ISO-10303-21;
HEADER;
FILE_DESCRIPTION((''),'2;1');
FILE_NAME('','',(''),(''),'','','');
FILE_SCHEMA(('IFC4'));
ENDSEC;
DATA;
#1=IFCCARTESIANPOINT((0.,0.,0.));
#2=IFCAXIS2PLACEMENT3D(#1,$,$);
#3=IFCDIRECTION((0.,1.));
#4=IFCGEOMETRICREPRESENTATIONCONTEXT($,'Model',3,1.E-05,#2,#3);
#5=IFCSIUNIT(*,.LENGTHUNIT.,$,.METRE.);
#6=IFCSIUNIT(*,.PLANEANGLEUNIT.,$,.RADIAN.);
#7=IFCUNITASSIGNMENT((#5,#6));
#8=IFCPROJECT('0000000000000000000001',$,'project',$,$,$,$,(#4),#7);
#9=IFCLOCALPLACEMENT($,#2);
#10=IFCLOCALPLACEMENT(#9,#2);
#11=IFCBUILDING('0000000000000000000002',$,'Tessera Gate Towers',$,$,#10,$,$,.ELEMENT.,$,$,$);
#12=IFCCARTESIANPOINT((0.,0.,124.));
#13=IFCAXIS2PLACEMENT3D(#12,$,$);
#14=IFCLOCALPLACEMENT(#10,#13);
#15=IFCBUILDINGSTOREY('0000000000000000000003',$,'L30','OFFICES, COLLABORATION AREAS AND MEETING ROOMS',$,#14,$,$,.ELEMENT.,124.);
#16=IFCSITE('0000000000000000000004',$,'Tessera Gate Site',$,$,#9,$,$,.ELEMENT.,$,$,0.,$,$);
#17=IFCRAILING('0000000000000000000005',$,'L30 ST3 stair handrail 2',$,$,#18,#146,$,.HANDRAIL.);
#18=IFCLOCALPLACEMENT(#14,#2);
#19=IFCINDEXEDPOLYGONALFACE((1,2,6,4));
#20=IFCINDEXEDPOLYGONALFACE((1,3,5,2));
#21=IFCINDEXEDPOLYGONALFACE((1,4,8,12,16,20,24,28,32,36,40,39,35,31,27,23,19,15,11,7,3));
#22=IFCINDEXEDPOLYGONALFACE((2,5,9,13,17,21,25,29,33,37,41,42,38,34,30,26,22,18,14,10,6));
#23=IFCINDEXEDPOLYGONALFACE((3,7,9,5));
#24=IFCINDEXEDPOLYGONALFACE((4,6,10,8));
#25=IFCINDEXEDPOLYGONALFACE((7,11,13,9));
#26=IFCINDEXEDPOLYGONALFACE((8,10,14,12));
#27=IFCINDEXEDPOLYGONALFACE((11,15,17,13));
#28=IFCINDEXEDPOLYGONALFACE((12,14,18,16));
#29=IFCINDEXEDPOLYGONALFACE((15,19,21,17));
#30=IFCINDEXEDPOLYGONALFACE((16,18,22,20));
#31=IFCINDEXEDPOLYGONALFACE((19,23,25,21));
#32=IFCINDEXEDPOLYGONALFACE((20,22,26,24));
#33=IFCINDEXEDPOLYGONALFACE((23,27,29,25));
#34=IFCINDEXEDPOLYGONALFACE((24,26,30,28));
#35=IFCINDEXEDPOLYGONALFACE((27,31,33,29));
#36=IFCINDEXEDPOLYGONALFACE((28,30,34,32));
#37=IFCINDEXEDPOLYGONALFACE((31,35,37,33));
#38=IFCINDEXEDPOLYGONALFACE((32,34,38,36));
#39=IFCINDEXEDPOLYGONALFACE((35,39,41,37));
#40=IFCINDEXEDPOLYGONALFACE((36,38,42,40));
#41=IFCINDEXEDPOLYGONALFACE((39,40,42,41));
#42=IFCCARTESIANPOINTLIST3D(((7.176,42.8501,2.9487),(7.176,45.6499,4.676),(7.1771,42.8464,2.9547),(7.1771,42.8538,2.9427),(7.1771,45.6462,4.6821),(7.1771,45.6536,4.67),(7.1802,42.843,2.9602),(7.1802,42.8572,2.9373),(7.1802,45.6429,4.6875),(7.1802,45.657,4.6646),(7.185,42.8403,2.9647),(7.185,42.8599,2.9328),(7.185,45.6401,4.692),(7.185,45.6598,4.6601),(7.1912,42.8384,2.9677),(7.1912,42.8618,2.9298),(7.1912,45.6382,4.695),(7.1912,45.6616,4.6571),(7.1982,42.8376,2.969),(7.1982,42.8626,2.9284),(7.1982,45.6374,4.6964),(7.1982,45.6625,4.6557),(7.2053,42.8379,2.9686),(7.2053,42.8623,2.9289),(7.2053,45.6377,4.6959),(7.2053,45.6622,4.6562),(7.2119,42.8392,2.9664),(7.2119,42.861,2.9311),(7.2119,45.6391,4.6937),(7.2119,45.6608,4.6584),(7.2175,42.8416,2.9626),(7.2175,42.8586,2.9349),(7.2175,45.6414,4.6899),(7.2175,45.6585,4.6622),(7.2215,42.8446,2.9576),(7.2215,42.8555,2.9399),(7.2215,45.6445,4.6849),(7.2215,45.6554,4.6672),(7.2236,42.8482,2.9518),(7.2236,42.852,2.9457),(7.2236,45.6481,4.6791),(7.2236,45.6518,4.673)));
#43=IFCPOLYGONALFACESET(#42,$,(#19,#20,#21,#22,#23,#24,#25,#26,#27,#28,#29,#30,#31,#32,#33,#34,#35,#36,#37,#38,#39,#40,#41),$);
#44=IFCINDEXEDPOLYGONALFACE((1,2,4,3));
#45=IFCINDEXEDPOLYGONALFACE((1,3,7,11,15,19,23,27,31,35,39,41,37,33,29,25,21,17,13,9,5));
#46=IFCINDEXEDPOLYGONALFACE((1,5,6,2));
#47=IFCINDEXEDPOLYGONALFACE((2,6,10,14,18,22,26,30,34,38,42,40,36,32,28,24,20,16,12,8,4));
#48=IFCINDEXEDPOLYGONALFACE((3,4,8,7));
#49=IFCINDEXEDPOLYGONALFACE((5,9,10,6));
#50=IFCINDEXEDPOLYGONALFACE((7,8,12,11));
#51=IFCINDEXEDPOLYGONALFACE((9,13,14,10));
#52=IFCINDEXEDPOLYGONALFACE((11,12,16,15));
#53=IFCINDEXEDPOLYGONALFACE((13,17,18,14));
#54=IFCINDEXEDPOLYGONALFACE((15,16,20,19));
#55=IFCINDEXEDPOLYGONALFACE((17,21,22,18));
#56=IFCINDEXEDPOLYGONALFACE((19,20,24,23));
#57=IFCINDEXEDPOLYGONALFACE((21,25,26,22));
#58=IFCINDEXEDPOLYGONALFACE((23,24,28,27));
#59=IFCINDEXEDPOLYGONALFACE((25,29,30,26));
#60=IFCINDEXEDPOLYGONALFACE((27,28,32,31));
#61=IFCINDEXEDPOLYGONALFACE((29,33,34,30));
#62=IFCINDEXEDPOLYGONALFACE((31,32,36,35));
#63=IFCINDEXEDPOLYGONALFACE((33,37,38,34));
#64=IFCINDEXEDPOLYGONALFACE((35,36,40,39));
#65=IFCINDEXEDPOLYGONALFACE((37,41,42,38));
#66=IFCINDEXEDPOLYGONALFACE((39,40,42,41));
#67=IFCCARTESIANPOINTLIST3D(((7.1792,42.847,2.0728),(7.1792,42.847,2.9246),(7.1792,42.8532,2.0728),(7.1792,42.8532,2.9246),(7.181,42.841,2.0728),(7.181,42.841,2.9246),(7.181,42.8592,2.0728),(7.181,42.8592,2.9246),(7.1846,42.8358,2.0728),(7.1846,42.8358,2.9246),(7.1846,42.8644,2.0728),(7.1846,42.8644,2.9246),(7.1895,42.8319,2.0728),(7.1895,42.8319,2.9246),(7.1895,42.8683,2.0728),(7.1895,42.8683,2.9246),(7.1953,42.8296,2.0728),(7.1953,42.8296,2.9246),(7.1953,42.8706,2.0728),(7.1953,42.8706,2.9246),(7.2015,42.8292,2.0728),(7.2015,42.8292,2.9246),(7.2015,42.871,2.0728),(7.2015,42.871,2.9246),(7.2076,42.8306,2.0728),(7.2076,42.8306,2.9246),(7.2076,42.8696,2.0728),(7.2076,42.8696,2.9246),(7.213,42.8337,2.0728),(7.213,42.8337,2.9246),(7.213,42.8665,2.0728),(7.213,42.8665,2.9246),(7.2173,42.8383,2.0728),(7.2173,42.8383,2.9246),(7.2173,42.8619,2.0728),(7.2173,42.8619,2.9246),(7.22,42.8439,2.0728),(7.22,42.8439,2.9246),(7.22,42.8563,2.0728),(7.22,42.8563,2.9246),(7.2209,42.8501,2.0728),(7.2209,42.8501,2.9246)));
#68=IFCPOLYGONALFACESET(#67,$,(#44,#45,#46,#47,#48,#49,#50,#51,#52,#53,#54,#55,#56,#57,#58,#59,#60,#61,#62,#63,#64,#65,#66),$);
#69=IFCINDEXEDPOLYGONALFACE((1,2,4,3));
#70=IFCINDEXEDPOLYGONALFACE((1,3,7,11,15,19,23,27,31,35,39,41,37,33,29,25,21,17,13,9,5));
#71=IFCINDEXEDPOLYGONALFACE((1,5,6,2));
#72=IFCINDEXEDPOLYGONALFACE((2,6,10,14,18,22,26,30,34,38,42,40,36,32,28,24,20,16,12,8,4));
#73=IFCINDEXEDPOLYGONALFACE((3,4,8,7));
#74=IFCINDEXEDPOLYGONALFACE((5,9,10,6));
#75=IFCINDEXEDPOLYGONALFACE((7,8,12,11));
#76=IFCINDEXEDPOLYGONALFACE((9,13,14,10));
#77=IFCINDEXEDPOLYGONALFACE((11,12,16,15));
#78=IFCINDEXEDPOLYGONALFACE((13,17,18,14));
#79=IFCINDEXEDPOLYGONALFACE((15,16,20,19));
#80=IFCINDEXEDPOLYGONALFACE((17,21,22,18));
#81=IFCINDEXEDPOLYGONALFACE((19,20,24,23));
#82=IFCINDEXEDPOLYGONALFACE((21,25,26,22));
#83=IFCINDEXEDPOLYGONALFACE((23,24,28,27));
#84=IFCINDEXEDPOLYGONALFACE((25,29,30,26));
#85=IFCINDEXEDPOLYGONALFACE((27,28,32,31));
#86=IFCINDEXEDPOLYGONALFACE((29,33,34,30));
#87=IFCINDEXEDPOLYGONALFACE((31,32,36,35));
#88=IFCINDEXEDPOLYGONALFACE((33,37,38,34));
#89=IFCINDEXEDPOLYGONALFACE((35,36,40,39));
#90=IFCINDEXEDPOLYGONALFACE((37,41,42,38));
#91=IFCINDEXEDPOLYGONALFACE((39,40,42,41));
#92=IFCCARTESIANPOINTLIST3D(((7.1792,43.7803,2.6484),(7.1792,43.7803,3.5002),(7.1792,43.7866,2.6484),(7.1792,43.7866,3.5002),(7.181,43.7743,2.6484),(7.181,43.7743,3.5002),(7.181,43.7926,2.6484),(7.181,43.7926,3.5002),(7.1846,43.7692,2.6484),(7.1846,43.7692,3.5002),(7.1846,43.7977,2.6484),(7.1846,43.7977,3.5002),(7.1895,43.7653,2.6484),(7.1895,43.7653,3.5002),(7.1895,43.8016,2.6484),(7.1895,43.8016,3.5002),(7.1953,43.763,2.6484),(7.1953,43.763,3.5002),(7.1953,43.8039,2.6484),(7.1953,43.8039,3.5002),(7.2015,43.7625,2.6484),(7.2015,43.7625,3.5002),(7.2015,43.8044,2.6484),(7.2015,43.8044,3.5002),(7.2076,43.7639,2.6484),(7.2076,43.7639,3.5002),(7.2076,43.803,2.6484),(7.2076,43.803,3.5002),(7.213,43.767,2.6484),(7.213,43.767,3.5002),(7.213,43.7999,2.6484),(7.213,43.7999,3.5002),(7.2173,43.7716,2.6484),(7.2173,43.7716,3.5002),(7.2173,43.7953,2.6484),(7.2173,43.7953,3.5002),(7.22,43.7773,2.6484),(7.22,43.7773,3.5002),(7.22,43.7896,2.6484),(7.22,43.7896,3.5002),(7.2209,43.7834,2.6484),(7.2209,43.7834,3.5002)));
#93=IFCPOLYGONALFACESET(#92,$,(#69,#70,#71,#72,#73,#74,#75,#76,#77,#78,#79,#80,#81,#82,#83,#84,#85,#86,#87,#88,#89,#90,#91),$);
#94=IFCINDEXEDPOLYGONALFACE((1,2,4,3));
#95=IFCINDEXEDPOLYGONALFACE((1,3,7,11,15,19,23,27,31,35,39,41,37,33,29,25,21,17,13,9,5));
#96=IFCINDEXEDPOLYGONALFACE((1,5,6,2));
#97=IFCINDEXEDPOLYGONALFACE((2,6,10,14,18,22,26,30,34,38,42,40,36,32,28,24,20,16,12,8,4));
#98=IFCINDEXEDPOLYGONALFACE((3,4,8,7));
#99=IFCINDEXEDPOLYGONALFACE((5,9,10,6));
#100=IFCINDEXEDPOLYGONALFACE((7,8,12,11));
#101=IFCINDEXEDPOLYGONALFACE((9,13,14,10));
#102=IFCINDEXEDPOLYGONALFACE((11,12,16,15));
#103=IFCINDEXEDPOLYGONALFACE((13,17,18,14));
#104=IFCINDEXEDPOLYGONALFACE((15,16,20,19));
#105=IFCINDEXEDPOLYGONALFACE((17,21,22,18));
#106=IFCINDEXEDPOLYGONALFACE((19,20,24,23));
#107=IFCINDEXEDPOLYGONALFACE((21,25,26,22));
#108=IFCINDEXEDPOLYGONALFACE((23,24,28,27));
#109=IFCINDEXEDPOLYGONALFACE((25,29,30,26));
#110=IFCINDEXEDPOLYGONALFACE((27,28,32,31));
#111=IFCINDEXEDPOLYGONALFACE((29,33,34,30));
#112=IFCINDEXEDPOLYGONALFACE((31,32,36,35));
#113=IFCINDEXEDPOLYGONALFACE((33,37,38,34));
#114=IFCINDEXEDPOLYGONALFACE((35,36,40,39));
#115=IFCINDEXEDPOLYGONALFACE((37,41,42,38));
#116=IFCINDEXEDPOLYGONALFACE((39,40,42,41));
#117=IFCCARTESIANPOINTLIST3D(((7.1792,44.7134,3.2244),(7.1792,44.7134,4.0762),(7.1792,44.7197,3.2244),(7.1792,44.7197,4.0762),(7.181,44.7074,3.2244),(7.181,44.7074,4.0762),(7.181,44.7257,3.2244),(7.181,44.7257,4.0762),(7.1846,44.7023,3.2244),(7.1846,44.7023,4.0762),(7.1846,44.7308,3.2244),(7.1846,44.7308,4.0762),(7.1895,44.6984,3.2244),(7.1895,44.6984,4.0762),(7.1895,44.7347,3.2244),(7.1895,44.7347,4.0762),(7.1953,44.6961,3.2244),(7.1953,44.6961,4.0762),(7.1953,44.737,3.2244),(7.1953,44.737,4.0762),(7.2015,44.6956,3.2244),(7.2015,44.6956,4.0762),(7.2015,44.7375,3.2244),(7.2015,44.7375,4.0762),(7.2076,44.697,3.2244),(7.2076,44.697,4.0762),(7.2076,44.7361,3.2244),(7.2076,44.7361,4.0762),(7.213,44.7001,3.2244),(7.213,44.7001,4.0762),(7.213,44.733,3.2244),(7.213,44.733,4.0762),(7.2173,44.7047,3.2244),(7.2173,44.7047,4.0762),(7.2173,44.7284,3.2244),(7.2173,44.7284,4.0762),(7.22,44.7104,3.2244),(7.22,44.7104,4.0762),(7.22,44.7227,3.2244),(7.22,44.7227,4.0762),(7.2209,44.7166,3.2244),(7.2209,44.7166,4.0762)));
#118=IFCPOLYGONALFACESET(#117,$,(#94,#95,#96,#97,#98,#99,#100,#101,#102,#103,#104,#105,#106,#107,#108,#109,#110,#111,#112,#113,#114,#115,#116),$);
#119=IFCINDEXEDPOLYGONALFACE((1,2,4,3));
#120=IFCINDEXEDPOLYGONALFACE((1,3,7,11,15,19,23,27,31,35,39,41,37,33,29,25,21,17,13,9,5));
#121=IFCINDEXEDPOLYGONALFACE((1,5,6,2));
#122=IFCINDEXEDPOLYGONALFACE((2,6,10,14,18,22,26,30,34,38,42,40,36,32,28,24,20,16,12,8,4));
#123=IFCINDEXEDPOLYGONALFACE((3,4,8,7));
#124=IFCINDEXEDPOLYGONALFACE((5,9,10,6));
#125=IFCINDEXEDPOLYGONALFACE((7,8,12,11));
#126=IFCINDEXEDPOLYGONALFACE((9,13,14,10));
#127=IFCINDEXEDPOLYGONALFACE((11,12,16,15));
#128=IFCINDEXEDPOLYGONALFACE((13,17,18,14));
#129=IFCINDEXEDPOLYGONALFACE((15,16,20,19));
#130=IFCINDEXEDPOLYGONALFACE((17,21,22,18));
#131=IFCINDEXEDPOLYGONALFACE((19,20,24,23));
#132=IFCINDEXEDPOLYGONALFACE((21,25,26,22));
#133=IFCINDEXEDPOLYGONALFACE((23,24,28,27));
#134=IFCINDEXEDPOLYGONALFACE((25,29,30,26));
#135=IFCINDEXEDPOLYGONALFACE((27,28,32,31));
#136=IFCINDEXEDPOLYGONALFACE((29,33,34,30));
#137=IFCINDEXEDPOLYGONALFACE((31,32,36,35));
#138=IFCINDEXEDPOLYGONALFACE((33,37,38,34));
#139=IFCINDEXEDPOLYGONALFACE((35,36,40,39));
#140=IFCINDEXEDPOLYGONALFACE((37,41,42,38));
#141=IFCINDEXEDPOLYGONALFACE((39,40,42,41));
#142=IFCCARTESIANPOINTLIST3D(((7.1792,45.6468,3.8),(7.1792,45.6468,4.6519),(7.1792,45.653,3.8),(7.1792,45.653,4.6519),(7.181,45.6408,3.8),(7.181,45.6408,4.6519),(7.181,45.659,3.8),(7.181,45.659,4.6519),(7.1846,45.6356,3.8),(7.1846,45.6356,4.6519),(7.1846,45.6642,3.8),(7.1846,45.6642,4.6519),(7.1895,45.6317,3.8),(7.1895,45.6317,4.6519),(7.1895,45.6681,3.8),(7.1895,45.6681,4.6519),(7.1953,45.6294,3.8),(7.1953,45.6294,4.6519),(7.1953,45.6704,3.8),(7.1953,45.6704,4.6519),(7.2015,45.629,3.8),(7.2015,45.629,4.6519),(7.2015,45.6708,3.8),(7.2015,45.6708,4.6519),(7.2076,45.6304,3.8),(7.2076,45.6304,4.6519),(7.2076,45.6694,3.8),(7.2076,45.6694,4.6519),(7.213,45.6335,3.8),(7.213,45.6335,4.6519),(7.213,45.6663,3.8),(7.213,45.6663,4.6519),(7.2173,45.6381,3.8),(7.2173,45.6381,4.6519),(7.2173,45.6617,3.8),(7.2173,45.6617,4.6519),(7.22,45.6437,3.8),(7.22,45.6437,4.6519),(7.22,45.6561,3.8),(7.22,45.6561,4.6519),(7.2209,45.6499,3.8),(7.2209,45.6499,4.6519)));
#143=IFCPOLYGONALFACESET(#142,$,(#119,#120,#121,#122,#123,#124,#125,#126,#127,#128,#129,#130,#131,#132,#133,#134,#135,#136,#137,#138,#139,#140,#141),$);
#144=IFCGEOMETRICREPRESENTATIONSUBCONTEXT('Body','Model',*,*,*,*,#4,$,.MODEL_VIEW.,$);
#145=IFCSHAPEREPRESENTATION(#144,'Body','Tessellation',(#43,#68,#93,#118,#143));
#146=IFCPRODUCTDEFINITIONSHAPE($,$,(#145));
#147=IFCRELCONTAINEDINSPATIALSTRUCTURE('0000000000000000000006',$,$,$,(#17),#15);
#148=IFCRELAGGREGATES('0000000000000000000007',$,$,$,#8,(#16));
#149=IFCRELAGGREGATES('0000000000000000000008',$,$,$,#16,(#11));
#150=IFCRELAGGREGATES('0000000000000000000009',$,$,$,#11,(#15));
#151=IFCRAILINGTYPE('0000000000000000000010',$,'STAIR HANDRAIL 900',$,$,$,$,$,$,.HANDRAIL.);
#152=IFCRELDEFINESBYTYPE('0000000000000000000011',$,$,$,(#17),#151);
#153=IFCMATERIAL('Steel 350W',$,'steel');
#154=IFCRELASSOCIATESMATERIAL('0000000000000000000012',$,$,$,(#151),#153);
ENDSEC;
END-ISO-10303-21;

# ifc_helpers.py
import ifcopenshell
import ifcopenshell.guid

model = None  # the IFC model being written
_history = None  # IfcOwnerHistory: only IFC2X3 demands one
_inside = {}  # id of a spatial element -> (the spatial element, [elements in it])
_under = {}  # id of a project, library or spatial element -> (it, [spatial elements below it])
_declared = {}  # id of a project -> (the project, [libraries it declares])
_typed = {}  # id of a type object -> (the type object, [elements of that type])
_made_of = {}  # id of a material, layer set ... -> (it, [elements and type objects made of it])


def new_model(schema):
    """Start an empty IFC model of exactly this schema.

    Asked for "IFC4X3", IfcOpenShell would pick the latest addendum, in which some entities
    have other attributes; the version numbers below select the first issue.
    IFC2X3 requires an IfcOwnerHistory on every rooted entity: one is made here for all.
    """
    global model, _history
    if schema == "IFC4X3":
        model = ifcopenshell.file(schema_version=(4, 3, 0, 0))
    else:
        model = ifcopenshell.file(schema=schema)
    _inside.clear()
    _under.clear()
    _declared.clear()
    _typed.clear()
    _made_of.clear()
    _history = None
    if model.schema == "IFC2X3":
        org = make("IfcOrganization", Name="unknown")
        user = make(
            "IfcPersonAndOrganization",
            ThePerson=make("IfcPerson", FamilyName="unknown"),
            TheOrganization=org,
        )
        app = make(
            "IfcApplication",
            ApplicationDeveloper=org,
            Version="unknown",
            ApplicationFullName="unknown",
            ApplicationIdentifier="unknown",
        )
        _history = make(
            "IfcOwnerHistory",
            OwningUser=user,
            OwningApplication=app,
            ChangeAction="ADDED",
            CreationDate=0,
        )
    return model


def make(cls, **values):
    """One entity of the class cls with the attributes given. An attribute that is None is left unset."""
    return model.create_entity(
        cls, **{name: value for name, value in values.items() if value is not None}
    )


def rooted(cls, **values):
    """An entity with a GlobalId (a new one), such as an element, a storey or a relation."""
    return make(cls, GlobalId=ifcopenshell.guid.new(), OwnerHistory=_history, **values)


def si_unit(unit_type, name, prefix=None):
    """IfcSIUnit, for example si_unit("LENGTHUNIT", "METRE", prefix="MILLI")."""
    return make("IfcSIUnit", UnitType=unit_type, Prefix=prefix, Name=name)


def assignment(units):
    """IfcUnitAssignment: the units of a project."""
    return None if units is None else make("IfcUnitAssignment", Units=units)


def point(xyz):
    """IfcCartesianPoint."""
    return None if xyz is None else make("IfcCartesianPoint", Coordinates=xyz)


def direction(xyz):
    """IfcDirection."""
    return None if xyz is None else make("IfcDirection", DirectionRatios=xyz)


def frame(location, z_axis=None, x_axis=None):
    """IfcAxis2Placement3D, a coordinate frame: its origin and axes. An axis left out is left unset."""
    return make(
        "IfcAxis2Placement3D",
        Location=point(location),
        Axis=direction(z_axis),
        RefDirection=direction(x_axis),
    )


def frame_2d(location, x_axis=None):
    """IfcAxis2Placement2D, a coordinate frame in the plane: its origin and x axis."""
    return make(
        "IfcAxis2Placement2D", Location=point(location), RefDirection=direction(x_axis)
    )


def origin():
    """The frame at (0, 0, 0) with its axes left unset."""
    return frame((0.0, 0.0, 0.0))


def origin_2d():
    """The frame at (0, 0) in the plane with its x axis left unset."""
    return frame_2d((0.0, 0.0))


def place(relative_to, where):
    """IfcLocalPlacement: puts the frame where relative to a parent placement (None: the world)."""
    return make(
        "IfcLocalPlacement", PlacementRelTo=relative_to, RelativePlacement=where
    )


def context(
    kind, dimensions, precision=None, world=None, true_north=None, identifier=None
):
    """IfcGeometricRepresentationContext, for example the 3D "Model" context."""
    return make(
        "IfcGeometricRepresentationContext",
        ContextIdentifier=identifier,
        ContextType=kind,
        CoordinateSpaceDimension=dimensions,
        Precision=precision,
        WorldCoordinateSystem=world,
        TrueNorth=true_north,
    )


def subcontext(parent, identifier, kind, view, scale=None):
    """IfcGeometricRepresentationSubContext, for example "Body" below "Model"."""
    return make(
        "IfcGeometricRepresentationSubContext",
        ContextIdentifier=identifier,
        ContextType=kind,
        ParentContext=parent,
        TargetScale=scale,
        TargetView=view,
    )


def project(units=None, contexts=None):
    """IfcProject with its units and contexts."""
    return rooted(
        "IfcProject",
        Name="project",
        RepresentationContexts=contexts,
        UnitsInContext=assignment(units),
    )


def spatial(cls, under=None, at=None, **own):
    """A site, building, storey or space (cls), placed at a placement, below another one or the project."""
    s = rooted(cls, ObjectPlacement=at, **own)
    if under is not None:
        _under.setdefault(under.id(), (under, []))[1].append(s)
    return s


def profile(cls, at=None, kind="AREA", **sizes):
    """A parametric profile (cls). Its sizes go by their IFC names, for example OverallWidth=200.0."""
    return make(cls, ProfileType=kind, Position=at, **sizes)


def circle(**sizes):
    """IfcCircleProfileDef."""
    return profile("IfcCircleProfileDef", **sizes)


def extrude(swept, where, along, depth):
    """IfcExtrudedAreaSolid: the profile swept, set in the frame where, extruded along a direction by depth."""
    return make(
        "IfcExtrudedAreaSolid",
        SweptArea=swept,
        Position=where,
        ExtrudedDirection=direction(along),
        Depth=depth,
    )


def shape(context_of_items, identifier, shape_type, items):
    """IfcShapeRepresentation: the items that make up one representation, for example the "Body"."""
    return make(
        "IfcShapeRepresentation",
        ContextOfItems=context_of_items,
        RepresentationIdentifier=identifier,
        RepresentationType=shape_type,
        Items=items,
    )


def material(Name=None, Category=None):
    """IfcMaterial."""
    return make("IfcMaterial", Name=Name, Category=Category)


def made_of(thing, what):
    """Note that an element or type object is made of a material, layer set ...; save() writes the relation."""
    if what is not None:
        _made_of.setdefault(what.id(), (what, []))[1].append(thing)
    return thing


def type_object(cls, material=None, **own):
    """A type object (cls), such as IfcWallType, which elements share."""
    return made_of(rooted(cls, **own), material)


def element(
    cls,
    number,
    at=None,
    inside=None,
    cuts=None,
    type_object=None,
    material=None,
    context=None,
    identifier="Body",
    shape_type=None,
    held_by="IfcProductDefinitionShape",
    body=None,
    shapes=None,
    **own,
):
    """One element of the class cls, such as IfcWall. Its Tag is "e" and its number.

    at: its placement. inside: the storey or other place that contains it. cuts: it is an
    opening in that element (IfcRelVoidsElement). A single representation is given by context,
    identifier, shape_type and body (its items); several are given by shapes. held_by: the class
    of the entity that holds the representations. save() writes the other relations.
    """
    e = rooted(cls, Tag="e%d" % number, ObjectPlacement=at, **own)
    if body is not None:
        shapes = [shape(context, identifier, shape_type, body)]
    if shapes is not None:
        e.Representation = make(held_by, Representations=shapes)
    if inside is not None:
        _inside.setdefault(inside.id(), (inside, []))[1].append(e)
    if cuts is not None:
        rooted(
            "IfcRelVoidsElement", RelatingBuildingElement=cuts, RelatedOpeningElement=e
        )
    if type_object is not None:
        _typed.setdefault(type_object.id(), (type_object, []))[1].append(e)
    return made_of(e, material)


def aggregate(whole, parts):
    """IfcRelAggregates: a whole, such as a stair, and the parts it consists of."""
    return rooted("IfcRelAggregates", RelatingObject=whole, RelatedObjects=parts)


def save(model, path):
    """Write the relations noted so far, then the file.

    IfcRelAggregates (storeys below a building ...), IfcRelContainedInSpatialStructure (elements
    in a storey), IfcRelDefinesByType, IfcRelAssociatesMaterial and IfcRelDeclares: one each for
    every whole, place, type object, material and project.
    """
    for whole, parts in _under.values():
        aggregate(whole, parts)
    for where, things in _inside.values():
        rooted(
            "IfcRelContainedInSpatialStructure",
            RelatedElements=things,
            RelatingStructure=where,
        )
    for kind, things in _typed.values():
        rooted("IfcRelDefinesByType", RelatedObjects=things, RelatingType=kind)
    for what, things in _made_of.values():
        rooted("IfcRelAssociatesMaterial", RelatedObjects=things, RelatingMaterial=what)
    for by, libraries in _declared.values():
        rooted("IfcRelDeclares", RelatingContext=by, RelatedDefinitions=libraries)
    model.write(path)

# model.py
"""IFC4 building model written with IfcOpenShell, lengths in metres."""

from ifc_helpers import new_model, si_unit, direction, frame, origin, origin_2d, place, context, subcontext, project, spatial, circle, extrude, material, type_object, element, save


model = new_model("IFC4")

# Units and contexts
model_context = context("Model", 3, precision=1e-05, world=origin(), true_north=direction((0.0, 1.0)))
body_context = subcontext(model_context, "Body", "Model", "MODEL_VIEW")
ifc_project = project(units=[si_unit("LENGTHUNIT", "METRE"), si_unit("PLANEANGLEUNIT", "RADIAN")], contexts=[model_context])

# Site, building, storey
site_placement = place(None, origin())
site = spatial("IfcSite", under=ifc_project, at=site_placement, Name="Tessera Gate Site", CompositionType="ELEMENT", RefElevation=0.0)
building_placement = place(site_placement, origin())
building = spatial("IfcBuilding", under=site, at=building_placement, Name="Tessera Gate Towers", CompositionType="ELEMENT")
storey_placement = place(building_placement, frame((0.0, 0.0, 124.0)))
storey = spatial("IfcBuildingStorey", under=building, at=storey_placement, Name="L30", Description="OFFICES, COLLABORATION AREAS AND MEETING ROOMS", CompositionType="ELEMENT", Elevation=124.0)

# Railing
ifc_material_1 = material(Name="Steel 350W", Category="steel")
railing_type = type_object("IfcRailingType", Name="STAIR HANDRAIL 900", PredefinedType="HANDRAIL", material=ifc_material_1)
railing_placement = place(storey_placement, frame((7.2, 42.8501, 2.0728)))
element("IfcRailing", 1, at=railing_placement, inside=storey, type_object=railing_type, Name="L30 ST3 stair handrail 2", PredefinedType="HANDRAIL", context=body_context, shape_type="SweptSolid", body=[
    extrude(circle(Radius=0.0239, at=origin_2d()), frame((0.0, 0.0, 0.876), z_axis=(0.0, 0.851069, 0.525054), x_axis=(-1.0, 0.0, 0.0)), (0.0, 0.0, 1.0), 3.2898),
    extrude(circle(Radius=0.021, at=origin_2d()), origin(), (0.0, 0.0, 1.0), 0.8518),
    extrude(circle(Radius=0.021, at=origin_2d()), frame((0.0, 0.9333, 0.5757)), (0.0, 0.0, 1.0), 0.8518),
    extrude(circle(Radius=0.021, at=origin_2d()), frame((0.0, 1.8665, 1.1516)), (0.0, 0.0, 1.0), 0.8518),
    extrude(circle(Radius=0.021, at=origin_2d()), frame((0.0, 2.7998, 1.7273)), (0.0, 0.0, 1.0), 0.8518),
])

save(model, "model.ifc")
